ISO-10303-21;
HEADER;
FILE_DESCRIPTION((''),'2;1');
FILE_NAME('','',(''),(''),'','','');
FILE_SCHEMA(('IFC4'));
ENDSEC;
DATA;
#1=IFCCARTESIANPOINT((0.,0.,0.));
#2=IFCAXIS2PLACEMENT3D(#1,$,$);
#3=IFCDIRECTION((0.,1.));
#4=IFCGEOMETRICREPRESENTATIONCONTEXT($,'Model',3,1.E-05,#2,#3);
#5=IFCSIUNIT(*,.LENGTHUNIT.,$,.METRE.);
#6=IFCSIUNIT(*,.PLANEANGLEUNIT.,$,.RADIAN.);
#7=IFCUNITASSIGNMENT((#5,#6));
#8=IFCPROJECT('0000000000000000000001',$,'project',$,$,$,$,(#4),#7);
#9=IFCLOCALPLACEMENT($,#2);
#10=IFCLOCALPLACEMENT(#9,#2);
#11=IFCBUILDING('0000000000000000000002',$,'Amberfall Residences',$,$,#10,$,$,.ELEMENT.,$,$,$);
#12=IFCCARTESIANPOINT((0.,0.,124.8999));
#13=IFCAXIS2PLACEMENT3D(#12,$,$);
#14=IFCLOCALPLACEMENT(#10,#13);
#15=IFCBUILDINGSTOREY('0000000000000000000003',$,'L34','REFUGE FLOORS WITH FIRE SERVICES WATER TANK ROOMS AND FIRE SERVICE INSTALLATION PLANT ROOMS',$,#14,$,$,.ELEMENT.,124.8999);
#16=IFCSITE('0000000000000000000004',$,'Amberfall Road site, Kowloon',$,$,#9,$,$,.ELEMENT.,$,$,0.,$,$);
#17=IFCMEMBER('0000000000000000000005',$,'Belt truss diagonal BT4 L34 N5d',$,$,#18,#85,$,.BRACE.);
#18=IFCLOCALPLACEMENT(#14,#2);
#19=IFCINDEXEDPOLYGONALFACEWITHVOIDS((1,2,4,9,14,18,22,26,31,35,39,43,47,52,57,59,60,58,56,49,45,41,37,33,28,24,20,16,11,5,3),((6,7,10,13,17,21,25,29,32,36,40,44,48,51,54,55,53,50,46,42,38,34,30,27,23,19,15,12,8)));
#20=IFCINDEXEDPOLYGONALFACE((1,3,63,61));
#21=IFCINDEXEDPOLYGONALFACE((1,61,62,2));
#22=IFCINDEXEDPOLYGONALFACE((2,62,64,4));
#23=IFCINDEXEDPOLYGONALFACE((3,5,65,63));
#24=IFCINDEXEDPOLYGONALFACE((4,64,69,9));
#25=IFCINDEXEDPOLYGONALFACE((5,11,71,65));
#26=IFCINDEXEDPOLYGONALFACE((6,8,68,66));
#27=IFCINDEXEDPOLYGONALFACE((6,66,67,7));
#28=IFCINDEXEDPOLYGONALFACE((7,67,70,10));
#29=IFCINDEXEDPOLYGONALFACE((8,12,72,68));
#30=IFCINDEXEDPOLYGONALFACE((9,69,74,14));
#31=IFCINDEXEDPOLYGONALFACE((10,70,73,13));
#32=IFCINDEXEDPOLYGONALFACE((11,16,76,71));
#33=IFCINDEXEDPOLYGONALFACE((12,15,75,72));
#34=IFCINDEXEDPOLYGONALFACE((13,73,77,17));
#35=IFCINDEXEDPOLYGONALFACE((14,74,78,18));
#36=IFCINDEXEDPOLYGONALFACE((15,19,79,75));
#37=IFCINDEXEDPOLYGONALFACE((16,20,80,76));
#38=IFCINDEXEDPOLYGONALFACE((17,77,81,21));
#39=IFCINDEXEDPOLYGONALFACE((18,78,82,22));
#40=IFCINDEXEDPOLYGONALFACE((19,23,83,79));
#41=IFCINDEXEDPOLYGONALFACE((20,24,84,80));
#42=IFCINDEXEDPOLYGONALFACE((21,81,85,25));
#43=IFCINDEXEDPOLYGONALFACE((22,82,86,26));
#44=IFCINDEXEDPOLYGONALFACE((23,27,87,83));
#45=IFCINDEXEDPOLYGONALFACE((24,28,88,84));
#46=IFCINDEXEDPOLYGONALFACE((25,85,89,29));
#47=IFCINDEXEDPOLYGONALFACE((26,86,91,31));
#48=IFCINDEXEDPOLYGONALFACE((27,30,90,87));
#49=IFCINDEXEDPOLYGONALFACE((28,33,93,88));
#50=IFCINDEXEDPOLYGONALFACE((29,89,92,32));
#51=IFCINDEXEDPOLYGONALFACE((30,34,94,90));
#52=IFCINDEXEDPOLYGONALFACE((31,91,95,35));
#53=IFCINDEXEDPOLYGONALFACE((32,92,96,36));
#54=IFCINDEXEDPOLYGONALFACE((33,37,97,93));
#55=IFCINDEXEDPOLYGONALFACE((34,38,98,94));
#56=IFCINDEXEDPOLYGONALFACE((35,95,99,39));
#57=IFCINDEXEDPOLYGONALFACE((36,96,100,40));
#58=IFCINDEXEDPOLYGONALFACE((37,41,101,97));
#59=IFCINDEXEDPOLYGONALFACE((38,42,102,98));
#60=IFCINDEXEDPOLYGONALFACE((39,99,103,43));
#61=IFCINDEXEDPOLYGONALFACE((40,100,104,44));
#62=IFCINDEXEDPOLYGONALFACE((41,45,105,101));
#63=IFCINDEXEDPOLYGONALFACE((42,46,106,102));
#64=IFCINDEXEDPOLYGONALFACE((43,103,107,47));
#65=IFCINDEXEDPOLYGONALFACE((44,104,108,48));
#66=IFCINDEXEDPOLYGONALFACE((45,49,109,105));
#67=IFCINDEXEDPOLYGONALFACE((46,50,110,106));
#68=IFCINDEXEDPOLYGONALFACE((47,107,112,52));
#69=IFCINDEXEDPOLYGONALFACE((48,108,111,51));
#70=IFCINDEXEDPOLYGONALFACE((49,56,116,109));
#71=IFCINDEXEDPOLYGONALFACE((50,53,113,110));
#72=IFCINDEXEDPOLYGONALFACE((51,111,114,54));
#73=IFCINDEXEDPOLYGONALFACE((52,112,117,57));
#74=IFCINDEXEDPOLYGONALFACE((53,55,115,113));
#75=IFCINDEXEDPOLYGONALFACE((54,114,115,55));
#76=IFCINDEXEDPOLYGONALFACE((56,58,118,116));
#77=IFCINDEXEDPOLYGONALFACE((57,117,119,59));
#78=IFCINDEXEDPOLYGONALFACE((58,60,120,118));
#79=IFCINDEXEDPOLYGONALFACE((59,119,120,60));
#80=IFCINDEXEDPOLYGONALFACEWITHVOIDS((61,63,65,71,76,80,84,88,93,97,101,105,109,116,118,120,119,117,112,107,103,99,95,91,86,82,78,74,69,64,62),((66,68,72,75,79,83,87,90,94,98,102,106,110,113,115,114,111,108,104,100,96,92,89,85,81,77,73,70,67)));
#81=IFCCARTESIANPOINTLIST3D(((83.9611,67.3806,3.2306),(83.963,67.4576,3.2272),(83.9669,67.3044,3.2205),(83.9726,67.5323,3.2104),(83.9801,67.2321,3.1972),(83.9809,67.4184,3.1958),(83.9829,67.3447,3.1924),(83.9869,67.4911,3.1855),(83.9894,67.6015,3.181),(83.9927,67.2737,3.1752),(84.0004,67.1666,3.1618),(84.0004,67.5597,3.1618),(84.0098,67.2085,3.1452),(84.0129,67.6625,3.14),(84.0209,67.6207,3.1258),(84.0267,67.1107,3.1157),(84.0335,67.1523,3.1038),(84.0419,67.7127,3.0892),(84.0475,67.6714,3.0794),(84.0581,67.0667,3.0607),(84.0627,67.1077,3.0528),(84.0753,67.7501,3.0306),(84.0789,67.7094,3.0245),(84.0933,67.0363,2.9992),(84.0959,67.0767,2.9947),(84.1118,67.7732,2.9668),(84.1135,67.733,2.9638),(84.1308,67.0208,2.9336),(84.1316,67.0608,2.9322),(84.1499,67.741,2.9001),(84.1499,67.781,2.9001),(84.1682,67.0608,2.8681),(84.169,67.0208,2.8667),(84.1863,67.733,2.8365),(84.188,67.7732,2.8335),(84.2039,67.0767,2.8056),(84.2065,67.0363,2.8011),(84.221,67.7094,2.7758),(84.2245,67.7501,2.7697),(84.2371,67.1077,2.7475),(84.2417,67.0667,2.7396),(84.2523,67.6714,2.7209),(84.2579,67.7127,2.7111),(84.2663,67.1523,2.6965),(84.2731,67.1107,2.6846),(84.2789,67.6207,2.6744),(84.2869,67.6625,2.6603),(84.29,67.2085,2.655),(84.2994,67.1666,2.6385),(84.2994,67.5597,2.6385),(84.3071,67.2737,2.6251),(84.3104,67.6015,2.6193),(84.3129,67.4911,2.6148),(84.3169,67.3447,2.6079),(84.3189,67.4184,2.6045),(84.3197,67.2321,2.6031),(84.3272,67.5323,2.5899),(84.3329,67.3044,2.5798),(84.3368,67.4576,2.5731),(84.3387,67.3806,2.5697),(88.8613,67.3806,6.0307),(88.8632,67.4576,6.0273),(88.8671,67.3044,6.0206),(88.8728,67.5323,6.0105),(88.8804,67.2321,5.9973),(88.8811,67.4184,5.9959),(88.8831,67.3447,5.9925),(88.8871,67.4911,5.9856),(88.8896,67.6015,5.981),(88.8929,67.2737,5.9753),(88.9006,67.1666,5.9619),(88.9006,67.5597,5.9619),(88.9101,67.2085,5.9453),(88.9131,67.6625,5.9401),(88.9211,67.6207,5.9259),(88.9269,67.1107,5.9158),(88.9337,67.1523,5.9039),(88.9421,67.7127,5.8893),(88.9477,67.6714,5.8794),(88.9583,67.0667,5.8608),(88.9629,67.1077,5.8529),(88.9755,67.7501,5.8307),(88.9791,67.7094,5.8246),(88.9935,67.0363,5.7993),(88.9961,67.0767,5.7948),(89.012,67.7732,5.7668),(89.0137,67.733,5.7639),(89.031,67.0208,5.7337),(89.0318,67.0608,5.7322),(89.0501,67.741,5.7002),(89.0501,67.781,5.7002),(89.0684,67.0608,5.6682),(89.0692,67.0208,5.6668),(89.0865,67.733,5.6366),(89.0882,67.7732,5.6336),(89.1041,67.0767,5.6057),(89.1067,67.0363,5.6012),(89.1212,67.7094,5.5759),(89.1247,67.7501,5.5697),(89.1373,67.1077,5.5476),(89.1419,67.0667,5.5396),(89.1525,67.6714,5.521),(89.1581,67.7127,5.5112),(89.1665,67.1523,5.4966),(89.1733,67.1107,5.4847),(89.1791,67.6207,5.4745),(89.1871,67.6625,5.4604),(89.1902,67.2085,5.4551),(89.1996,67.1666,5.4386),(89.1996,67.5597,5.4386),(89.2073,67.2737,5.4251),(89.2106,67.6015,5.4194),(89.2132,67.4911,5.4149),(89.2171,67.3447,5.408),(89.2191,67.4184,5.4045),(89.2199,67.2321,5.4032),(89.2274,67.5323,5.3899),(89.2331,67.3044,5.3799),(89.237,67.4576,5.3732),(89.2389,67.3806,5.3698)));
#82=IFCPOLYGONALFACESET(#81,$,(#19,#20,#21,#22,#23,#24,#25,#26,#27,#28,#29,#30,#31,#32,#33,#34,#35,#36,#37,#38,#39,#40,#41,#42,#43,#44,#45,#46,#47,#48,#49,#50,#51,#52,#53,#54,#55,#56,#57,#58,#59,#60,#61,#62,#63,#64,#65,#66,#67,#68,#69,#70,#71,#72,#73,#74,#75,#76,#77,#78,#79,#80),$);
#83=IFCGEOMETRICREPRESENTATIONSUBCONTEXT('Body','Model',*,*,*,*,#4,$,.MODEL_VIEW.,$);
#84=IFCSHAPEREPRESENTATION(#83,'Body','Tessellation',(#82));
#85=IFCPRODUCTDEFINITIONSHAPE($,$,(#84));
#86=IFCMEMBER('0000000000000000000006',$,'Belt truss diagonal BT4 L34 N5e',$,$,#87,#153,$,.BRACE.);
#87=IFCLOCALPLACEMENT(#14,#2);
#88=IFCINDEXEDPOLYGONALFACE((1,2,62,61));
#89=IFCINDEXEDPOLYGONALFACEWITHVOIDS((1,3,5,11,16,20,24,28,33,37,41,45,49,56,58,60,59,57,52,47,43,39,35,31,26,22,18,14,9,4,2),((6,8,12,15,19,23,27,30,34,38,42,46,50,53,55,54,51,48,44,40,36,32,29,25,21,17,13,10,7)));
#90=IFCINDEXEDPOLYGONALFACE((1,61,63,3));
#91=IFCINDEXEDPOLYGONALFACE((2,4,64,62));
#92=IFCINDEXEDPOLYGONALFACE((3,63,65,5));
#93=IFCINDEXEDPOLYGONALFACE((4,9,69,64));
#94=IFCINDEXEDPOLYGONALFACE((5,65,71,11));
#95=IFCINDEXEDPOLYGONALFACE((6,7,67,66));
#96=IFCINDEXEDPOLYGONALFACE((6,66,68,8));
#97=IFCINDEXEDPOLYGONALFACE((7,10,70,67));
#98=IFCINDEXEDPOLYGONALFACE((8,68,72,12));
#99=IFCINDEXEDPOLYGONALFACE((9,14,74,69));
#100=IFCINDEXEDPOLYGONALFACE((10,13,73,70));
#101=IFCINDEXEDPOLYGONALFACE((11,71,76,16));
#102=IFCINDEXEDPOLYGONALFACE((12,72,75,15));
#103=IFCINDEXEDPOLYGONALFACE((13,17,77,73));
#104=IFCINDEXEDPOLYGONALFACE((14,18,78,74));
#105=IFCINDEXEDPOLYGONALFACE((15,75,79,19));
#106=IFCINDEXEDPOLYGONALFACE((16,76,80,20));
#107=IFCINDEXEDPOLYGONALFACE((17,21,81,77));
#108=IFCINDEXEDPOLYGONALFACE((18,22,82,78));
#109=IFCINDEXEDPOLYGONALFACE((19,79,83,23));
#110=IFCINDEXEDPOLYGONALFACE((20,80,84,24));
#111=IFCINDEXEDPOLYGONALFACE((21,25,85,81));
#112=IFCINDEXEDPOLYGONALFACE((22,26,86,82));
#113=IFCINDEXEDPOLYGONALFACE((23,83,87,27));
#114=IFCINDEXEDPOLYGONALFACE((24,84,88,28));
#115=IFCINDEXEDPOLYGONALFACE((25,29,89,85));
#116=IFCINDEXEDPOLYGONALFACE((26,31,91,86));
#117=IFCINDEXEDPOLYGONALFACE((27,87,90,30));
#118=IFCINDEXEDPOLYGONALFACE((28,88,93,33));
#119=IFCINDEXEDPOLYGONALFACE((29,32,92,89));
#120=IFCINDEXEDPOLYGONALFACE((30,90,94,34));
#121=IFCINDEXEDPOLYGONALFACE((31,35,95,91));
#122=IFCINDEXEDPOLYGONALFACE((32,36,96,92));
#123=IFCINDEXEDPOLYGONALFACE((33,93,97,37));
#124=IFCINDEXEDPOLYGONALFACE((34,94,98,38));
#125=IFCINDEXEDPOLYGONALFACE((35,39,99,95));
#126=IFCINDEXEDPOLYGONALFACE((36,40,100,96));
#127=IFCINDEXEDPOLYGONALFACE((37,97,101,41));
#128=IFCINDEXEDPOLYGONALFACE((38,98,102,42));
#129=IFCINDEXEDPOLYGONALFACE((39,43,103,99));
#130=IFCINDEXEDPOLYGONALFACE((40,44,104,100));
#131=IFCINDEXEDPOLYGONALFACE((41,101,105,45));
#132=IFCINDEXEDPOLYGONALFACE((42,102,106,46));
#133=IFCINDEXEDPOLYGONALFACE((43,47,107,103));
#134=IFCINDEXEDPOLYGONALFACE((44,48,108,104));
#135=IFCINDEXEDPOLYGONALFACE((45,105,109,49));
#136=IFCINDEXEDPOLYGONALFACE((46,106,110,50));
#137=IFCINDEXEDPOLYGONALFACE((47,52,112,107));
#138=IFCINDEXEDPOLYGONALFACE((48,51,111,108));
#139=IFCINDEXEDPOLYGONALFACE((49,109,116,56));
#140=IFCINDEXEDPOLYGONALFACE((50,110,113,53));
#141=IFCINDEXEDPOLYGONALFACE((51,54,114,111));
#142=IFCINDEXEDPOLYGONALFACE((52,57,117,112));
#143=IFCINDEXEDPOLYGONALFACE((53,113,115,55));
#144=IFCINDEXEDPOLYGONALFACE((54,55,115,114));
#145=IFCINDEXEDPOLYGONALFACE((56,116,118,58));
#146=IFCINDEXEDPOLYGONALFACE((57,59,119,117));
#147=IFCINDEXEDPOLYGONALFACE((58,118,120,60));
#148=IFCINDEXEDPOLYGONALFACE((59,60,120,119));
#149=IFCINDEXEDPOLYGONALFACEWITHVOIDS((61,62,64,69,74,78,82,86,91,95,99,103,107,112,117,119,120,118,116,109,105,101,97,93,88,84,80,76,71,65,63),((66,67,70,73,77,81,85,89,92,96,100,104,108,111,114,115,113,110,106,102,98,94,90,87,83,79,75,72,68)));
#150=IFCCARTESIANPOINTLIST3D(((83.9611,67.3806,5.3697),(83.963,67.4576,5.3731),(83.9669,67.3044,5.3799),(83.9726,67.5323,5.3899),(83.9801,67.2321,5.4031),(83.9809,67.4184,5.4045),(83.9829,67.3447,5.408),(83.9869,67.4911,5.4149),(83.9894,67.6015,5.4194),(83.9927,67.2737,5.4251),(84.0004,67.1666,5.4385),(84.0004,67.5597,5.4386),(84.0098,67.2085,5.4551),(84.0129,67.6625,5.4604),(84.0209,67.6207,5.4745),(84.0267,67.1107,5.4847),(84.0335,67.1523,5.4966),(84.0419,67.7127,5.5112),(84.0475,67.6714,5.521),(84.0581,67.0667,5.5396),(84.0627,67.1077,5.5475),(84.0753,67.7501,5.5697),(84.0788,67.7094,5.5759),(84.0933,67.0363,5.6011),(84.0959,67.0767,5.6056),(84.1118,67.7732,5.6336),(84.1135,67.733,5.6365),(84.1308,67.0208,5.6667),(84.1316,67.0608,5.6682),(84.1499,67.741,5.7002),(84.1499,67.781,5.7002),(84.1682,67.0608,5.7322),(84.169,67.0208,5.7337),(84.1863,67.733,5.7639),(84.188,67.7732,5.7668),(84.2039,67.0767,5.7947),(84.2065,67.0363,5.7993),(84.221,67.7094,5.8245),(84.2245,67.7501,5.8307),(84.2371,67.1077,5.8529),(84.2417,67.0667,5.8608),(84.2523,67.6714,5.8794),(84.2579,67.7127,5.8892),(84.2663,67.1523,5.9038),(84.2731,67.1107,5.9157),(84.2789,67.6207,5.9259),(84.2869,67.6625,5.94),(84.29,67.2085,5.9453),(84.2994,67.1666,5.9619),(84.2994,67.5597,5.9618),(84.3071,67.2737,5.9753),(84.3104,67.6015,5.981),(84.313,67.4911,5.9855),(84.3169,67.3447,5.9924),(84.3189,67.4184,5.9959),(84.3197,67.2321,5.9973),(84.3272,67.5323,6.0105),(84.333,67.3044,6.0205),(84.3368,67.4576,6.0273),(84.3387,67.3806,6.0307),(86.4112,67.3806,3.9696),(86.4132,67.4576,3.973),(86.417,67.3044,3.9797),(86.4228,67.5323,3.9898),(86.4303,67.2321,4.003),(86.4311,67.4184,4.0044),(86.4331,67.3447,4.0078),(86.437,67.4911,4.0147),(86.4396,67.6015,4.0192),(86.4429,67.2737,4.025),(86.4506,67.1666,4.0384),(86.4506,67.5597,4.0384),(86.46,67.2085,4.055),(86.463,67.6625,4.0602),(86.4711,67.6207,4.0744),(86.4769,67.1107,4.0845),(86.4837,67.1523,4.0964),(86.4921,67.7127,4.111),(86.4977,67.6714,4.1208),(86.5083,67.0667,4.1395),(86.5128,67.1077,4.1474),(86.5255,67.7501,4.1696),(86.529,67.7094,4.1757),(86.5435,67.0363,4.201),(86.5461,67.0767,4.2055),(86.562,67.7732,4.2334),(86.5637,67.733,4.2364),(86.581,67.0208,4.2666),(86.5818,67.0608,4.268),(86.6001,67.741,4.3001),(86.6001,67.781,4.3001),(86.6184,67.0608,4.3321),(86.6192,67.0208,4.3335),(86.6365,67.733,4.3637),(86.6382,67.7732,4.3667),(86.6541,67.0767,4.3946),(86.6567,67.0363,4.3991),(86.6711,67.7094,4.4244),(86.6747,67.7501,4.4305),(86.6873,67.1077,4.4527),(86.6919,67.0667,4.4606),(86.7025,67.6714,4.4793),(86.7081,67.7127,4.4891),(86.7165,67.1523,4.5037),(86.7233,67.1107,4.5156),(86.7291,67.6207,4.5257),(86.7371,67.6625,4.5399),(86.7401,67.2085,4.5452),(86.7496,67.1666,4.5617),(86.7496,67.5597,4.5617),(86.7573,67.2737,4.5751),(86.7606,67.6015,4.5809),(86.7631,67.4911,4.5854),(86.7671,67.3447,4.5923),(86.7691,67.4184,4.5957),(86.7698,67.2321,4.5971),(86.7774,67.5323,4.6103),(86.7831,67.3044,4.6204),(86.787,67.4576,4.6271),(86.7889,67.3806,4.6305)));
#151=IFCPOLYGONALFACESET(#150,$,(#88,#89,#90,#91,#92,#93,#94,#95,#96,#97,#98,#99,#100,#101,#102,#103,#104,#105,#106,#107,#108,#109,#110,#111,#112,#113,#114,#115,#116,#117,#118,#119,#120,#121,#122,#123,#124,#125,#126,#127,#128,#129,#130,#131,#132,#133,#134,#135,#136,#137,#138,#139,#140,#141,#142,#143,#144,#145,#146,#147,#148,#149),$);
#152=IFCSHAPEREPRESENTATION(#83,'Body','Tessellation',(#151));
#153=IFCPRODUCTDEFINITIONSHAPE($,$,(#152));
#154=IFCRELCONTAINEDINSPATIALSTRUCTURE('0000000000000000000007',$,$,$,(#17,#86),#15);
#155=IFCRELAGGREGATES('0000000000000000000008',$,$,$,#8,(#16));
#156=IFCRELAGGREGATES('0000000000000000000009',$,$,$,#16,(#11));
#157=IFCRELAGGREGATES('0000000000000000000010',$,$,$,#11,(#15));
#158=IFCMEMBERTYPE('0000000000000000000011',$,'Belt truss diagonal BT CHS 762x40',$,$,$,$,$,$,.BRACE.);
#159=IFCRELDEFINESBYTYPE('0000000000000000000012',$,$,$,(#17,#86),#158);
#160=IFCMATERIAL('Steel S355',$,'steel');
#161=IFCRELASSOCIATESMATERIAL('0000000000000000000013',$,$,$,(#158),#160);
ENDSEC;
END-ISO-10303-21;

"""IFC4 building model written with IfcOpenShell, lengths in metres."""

from ifc_helpers import new_model, si_unit, direction, frame, origin, origin_2d, place, context, subcontext, project, spatial, hollow_circle, extrude, material, material_profile, profile_set, type_object, element, save


model = new_model("IFC4")

# Units and contexts
model_context = context("Model", 3, precision=1e-05, world=origin(), true_north=direction((0.0, 1.0)))
body_context = subcontext(model_context, "Body", "Model", "MODEL_VIEW")
ifc_project = project(units=[si_unit("LENGTHUNIT", "METRE"), si_unit("PLANEANGLEUNIT", "RADIAN")], contexts=[model_context])

# Site, building, storey
site_placement = place(None, origin())
site = spatial("IfcSite", under=ifc_project, at=site_placement, Name="Amberfall Road site, Kowloon", CompositionType="ELEMENT", RefElevation=0.0)
building_placement = place(site_placement, origin())
building = spatial("IfcBuilding", under=site, at=building_placement, Name="Amberfall Residences", CompositionType="ELEMENT")
storey_placement = place(building_placement, frame((0.0, 0.0, 124.8999)))
storey = spatial("IfcBuildingStorey", under=building, at=storey_placement, Name="L34", Description="REFUGE FLOORS WITH FIRE SERVICES WATER TANK ROOMS AND FIRE SERVICE INSTALLATION PLANT ROOMS", CompositionType="ELEMENT", Elevation=124.8999)

# Shared definitions
ifc_material_1 = material(Name="Steel S355", Category="steel")

# Members
ifc_material_profile_1 = material_profile(ifc_material_1, hollow_circle(Radius=0.3811, WallThickness=0.04, at=origin_2d()), Name="CHS 762x40")
ifc_profile_set_1 = profile_set([ifc_material_profile_1], Name="Steel S355")
member_type = type_object("IfcMemberType", Name="Belt truss diagonal BT CHS 762x40", PredefinedType="BRACE", material=ifc_profile_set_1)
member_1_placement = place(storey_placement, frame((84.1499, 67.3999, 2.9001), z_axis=(0.868246, 0.0, 0.496134), x_axis=(0.0, 1.0, 0.0)))
element("IfcMember", 1, at=member_1_placement, inside=storey, type_object=member_type, Name="Belt truss diagonal BT4 L34 N5d", PredefinedType="BRACE", context=body_context, shape_type="SweptSolid", body=[
    extrude(hollow_circle(Radius=0.3811, WallThickness=0.04, at=origin_2d()), origin(), (0.0, 0.0, 1.0), 5.6438),
])
member_2_placement = place(storey_placement, frame((84.1499, 67.3999, 5.7002), z_axis=(0.868238, 0.0, -0.496148), x_axis=(0.0, 1.0, 0.0)))
element("IfcMember", 2, at=member_2_placement, inside=storey, type_object=member_type, Name="Belt truss diagonal BT4 L34 N5e", PredefinedType="BRACE", context=body_context, shape_type="SweptSolid", body=[
    extrude(hollow_circle(Radius=0.3811, WallThickness=0.04, at=origin_2d()), origin(), (0.0, 0.0, 1.0), 2.822),
])

save(model, "model.ifc")
